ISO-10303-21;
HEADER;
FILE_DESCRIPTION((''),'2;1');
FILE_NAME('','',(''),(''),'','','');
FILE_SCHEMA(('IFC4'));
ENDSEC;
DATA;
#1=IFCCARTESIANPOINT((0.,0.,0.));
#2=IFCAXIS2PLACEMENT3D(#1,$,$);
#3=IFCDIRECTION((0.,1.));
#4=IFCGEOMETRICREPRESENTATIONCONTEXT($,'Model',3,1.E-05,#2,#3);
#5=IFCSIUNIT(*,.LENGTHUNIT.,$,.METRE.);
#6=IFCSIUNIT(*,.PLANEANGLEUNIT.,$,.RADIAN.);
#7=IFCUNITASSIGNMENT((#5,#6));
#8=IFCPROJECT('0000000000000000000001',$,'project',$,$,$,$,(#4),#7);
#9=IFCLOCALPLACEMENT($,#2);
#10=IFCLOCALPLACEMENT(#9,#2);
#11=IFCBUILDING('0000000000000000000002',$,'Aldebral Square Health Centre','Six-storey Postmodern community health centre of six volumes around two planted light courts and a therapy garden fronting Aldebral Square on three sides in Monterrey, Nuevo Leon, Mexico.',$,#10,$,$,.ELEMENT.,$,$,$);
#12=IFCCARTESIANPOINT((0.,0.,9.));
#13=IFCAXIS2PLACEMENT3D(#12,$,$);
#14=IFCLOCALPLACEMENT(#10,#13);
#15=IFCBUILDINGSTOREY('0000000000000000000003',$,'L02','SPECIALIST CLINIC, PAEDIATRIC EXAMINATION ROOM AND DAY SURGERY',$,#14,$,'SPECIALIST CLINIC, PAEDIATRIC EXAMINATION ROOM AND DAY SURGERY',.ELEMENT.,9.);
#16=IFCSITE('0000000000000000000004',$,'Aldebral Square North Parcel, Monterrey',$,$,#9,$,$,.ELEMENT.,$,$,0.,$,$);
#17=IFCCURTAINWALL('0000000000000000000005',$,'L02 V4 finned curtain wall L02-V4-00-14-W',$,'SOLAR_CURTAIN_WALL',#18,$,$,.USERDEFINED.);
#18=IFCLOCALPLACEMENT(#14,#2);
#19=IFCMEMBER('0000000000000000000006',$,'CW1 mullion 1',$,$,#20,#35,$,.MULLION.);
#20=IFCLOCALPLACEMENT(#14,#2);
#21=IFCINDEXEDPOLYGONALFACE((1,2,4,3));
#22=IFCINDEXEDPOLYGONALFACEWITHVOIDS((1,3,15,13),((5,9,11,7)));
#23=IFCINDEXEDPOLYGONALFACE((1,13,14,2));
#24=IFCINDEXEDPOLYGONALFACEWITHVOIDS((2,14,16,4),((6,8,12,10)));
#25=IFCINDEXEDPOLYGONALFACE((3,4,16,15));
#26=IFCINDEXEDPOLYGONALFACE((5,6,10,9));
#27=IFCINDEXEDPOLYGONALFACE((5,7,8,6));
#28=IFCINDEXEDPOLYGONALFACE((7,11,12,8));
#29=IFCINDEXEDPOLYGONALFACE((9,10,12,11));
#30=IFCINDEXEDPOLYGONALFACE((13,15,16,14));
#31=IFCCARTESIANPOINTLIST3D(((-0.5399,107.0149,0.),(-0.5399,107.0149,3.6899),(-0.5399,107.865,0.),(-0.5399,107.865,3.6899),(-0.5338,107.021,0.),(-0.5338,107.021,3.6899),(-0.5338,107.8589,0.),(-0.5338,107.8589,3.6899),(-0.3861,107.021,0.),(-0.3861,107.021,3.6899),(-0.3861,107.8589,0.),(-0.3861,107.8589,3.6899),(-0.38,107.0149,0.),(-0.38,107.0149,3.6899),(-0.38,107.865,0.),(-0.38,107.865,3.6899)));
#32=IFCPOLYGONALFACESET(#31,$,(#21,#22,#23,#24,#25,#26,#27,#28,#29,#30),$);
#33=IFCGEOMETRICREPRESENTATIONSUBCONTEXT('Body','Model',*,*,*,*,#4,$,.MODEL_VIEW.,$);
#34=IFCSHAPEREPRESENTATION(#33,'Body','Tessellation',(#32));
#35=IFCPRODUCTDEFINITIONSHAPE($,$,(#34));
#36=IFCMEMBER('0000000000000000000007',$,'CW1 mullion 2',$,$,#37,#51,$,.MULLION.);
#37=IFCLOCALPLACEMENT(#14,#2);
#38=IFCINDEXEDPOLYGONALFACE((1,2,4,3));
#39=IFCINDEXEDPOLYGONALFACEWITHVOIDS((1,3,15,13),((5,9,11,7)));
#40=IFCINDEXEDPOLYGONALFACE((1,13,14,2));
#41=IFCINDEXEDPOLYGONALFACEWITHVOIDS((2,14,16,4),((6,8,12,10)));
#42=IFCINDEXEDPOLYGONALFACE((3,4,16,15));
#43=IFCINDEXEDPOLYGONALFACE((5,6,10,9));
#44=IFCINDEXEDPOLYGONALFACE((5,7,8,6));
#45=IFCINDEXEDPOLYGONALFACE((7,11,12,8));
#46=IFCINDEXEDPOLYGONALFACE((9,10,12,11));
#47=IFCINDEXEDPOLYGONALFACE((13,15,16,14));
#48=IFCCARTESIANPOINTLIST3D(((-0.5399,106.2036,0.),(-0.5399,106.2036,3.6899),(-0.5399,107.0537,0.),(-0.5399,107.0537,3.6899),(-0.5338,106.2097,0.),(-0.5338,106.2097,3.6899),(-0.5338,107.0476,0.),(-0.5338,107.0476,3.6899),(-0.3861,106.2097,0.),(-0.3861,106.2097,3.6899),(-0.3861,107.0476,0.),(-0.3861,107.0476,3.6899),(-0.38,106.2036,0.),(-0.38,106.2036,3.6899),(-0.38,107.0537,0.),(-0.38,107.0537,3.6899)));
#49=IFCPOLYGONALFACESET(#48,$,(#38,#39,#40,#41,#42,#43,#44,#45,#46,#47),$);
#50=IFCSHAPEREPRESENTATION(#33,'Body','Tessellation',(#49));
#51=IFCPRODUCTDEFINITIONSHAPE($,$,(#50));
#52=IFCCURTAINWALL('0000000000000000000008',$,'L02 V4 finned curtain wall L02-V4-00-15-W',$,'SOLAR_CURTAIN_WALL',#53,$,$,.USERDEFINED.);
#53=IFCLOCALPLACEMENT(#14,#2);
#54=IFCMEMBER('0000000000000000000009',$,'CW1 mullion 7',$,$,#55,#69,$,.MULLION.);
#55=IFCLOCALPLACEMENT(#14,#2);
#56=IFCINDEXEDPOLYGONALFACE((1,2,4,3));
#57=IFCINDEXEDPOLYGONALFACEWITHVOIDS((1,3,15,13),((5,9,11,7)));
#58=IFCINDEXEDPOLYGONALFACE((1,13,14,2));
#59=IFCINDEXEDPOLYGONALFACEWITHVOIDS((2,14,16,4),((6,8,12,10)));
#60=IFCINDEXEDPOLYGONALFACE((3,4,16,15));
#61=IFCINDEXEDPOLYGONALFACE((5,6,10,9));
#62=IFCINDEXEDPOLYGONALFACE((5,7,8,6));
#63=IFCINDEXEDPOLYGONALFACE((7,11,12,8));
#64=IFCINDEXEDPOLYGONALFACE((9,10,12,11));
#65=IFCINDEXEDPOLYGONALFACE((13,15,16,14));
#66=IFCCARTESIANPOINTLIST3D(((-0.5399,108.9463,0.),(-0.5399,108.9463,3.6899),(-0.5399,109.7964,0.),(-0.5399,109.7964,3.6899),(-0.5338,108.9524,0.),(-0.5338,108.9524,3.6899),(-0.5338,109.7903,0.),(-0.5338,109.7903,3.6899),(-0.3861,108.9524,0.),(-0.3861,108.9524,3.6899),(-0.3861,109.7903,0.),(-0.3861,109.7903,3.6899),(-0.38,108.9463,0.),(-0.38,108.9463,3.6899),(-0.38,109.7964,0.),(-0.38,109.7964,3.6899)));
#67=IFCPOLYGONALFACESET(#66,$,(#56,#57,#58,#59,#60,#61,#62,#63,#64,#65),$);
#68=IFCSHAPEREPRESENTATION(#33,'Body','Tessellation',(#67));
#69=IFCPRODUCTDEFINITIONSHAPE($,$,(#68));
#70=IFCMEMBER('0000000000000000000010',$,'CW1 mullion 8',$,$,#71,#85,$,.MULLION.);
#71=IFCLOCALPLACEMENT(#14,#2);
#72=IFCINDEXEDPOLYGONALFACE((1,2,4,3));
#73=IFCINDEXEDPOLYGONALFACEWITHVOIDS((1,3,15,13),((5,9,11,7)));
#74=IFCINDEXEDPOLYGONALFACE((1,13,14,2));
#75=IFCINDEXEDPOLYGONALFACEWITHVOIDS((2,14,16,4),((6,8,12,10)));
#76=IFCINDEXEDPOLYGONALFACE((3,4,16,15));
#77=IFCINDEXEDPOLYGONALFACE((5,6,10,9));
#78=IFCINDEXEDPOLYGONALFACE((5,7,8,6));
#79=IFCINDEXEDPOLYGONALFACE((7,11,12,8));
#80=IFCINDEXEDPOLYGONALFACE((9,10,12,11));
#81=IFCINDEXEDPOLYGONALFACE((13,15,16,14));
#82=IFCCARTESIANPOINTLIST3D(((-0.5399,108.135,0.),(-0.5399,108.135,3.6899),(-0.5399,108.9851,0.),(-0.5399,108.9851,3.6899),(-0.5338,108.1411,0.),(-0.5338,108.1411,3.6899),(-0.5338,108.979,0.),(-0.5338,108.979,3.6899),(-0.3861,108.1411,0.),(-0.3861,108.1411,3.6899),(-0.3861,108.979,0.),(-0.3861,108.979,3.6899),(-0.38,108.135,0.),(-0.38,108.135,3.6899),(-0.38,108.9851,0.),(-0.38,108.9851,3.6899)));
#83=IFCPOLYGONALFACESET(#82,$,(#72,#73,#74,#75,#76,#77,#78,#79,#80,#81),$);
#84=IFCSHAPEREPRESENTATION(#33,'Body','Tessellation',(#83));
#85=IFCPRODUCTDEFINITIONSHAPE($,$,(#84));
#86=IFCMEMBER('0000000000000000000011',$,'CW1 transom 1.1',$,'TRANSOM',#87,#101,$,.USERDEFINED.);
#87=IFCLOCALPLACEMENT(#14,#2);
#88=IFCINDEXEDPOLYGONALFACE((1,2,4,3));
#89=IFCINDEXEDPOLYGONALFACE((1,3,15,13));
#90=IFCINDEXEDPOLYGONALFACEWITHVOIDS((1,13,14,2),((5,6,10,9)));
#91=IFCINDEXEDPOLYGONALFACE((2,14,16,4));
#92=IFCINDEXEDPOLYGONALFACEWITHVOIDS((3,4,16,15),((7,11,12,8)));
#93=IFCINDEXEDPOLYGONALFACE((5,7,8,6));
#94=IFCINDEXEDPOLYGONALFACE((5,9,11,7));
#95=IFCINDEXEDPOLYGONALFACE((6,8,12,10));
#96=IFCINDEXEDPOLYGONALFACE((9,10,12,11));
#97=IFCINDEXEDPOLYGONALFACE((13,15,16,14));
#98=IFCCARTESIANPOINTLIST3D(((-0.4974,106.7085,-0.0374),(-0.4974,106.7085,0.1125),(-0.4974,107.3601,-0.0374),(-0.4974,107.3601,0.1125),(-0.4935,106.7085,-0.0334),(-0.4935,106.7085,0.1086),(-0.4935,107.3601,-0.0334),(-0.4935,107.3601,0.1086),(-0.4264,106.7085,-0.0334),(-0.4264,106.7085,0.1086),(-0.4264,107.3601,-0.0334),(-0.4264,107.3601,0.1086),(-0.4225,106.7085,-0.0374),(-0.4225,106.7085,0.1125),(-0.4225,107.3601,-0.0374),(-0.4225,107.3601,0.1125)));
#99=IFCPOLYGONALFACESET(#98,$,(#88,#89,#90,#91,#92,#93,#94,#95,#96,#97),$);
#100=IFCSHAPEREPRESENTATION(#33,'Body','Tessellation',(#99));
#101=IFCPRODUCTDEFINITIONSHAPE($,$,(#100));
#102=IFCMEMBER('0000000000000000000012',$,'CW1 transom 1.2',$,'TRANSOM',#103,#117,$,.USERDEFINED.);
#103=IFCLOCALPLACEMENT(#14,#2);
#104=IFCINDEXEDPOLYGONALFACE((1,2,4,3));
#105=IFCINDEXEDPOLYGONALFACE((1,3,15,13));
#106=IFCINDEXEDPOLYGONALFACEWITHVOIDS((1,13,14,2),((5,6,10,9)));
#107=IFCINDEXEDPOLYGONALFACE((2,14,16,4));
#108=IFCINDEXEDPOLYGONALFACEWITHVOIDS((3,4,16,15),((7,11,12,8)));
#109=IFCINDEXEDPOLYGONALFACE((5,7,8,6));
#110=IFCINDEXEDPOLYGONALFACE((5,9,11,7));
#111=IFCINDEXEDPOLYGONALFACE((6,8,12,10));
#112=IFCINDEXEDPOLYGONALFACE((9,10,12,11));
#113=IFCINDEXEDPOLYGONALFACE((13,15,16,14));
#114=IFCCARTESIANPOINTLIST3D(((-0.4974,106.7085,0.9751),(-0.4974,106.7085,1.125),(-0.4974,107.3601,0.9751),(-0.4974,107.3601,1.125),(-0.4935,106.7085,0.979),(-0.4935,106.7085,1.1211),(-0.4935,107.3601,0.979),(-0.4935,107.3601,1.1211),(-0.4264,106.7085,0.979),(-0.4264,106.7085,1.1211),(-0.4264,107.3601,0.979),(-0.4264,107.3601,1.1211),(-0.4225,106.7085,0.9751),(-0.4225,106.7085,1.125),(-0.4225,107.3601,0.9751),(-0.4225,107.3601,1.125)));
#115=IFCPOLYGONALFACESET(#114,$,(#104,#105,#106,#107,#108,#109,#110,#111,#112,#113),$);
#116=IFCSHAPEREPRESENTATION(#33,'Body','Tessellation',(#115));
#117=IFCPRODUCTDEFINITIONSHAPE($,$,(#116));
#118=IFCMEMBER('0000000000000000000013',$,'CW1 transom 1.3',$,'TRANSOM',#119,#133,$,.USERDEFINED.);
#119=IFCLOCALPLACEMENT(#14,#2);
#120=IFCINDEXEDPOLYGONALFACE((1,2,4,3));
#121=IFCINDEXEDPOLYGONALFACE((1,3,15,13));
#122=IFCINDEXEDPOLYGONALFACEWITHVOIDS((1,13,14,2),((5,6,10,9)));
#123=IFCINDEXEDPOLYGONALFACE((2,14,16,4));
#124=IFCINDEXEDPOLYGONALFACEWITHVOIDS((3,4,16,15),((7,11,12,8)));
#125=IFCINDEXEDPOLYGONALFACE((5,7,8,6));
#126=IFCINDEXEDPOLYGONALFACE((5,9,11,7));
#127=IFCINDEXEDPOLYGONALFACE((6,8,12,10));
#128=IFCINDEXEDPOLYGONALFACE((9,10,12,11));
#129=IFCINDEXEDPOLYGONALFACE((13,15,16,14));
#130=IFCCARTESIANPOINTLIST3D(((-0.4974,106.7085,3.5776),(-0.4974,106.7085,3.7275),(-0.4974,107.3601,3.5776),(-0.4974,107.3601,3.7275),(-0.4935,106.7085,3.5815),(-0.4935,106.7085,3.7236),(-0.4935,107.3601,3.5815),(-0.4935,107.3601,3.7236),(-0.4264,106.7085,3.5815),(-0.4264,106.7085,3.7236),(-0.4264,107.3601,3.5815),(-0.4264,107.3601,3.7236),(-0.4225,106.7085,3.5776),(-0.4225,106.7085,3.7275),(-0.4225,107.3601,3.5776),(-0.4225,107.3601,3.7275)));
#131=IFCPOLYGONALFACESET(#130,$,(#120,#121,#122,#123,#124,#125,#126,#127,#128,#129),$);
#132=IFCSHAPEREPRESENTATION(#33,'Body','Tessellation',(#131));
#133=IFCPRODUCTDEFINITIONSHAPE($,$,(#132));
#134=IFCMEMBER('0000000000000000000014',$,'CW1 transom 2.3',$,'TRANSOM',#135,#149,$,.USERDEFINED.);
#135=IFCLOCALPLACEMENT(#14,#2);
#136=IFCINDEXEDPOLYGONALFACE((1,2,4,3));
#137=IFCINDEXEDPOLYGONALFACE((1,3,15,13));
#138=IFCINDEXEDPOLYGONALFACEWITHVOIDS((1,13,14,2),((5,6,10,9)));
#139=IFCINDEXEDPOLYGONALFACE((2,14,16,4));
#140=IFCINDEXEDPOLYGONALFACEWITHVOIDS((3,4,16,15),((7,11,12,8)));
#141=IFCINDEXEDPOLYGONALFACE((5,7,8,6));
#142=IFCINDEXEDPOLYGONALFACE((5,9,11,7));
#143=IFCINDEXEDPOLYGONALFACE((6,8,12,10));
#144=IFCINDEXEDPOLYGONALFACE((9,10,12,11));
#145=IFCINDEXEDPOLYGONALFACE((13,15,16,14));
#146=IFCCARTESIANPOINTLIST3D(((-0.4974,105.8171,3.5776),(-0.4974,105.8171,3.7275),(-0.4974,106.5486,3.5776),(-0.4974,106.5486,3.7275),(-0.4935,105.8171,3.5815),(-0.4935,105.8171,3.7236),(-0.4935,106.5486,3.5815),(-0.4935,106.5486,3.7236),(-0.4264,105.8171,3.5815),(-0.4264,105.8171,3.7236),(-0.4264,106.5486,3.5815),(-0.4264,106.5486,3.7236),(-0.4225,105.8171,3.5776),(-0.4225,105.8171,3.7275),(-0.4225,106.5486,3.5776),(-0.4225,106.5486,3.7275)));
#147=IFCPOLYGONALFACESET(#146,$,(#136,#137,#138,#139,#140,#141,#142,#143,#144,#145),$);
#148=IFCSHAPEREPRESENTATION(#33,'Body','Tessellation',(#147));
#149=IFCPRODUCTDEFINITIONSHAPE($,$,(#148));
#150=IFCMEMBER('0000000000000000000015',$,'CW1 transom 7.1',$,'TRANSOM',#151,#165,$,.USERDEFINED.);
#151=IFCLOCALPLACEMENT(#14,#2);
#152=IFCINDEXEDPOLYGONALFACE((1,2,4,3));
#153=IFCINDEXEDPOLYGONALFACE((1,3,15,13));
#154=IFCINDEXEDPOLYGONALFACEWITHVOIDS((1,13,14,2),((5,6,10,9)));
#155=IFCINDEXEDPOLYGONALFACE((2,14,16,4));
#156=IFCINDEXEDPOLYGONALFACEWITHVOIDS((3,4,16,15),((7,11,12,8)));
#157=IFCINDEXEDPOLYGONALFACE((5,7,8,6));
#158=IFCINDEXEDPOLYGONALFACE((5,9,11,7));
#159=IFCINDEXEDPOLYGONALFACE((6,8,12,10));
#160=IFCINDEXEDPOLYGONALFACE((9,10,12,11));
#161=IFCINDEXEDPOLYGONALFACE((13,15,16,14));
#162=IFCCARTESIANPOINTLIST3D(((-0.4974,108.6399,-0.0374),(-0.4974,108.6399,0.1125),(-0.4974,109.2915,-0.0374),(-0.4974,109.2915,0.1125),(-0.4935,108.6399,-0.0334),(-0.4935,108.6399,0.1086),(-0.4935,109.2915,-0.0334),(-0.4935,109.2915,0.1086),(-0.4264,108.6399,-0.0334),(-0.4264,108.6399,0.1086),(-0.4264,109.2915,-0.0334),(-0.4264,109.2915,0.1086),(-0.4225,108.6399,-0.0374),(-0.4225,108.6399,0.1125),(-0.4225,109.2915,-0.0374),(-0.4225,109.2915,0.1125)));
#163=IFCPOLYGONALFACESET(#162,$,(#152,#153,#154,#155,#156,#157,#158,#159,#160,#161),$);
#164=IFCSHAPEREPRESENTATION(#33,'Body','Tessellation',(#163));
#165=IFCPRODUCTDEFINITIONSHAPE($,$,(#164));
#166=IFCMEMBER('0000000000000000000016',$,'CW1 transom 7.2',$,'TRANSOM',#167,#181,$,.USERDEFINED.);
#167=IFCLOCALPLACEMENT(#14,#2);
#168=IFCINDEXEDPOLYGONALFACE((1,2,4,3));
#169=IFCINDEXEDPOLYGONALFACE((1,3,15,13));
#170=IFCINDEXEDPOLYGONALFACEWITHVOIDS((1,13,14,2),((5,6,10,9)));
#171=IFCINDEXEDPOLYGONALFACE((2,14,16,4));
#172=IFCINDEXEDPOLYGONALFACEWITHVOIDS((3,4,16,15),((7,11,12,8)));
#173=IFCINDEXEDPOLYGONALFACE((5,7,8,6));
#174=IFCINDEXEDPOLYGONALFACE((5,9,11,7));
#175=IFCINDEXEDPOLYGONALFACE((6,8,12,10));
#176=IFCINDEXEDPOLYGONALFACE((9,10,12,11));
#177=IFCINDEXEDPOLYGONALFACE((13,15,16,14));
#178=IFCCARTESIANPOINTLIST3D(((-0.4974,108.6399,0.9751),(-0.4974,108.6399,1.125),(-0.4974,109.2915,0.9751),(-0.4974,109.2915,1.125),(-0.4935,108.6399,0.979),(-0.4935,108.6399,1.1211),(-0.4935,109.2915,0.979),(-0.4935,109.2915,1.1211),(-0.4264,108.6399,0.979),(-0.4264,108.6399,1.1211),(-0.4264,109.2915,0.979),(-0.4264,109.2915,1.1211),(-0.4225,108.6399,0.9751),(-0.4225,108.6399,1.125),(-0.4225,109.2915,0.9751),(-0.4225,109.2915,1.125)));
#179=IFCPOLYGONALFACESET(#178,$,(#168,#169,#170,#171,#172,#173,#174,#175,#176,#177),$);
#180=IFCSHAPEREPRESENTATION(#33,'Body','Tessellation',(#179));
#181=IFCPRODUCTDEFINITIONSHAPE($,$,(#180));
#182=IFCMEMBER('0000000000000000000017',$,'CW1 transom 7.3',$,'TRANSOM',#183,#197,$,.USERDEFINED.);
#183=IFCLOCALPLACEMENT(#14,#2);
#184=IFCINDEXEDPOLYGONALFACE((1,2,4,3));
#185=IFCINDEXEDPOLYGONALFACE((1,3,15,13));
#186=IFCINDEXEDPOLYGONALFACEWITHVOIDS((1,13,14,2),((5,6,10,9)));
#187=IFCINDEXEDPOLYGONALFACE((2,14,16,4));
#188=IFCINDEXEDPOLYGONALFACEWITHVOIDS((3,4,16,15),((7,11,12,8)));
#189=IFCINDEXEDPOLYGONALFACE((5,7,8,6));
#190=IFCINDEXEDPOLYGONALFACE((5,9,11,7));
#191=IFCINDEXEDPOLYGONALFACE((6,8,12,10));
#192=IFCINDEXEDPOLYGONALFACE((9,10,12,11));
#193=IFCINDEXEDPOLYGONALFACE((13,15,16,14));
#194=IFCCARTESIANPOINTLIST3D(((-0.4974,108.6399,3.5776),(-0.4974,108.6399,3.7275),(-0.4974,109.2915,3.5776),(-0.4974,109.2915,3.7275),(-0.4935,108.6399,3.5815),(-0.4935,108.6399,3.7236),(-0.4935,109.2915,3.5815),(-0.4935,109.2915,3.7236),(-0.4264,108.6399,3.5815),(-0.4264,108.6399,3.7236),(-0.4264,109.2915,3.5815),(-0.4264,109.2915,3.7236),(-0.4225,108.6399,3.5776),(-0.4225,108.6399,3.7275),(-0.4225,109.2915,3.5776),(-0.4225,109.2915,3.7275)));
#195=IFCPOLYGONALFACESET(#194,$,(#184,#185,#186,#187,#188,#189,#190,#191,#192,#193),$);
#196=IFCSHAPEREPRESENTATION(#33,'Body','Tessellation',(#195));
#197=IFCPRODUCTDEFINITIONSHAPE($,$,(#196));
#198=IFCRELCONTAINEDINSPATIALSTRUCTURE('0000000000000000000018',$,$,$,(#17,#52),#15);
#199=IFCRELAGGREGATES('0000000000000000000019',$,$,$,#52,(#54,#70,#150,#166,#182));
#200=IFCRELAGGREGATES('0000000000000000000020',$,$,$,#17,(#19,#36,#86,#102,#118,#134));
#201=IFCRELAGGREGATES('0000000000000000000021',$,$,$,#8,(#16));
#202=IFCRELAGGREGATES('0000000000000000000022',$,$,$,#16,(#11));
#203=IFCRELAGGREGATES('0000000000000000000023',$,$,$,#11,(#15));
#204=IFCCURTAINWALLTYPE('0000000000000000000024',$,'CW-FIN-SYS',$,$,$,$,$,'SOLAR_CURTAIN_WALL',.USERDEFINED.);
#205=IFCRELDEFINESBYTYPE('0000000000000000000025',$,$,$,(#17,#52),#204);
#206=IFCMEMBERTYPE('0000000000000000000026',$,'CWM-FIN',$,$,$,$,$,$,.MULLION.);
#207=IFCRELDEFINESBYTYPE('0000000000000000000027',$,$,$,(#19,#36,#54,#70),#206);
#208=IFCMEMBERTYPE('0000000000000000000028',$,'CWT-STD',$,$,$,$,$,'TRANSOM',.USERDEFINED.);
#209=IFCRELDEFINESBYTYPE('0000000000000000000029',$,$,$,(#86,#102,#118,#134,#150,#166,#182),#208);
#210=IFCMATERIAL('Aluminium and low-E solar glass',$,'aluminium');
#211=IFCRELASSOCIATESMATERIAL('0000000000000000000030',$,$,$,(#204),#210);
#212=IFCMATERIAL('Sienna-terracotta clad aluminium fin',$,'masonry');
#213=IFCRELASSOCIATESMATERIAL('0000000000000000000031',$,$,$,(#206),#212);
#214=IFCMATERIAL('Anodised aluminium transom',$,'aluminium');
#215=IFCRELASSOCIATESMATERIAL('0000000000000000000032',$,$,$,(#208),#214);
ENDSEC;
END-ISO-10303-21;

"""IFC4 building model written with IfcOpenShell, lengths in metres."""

from ifc_helpers import new_model, si_unit, direction, frame, origin, origin_2d, place, context, subcontext, project, spatial, hollow_rectangle, extrude, material, material_profile, profile_set, type_object, element, aggregate, save


model = new_model("IFC4")

# Units and contexts
model_context = context("Model", 3, precision=1e-05, world=origin(), true_north=direction((0.0, 1.0)))
body_context = subcontext(model_context, "Body", "Model", "MODEL_VIEW")
ifc_project = project(units=[si_unit("LENGTHUNIT", "METRE"), si_unit("PLANEANGLEUNIT", "RADIAN")], contexts=[model_context])

# Site, building, storey
site_placement = place(None, origin())
site = spatial("IfcSite", under=ifc_project, at=site_placement, Name="Aldebral Square North Parcel, Monterrey", CompositionType="ELEMENT", RefElevation=0.0)
building_placement = place(site_placement, origin())
building = spatial("IfcBuilding", under=site, at=building_placement, Name="Aldebral Square Health Centre", Description="Six-storey Postmodern community health centre of six volumes around two planted light courts and a therapy garden fronting Aldebral Square on three sides in Monterrey, Nuevo Leon, Mexico.", CompositionType="ELEMENT")
storey_placement = place(building_placement, frame((0.0, 0.0, 9.0)))
storey = spatial("IfcBuildingStorey", under=building, at=storey_placement, Name="L02", Description="SPECIALIST CLINIC, PAEDIATRIC EXAMINATION ROOM AND DAY SURGERY", LongName="SPECIALIST CLINIC, PAEDIATRIC EXAMINATION ROOM AND DAY SURGERY", CompositionType="ELEMENT", Elevation=9.0)

# Curtain walls, members
ifc_material_1 = material(Name="Aluminium and low-E solar glass", Category="aluminium")
curtain_wall_type = type_object("IfcCurtainWallType", Name="CW-FIN-SYS", ElementType="SOLAR_CURTAIN_WALL", PredefinedType="USERDEFINED", material=ifc_material_1)
curtain_wall_1_placement = place(storey_placement, origin())
curtain_wall_1 = element("IfcCurtainWall", 1, at=curtain_wall_1_placement, inside=storey, type_object=curtain_wall_type, Name="L02 V4 finned curtain wall L02-V4-00-14-W", ObjectType="SOLAR_CURTAIN_WALL", PredefinedType="USERDEFINED")
ifc_material_2 = material(Name="Sienna-terracotta clad aluminium fin", Category="masonry")
ifc_material_profile_1 = material_profile(ifc_material_2, hollow_rectangle(XDim=0.1599, YDim=0.8501, WallThickness=0.0061, at=origin_2d()), Name="FIN 160x850x6")
ifc_profile_set_1 = profile_set([ifc_material_profile_1], Name="Sienna-terracotta clad aluminium fin")
member_type_1 = type_object("IfcMemberType", Name="CWM-FIN", PredefinedType="MULLION", material=ifc_profile_set_1)
member_1_placement = place(storey_placement, frame((-0.46, 107.4399, 0.0), z_axis=(0.0, 0.0, 1.0), x_axis=(1.0, 0.0, 0.0)))
member_1 = element("IfcMember", 2, at=member_1_placement, type_object=member_type_1, Name="CW1 mullion 1", PredefinedType="MULLION", context=body_context, shape_type="SweptSolid", body=[
    extrude(hollow_rectangle(XDim=0.1599, YDim=0.8501, WallThickness=0.0061, at=origin_2d()), origin(), (0.0, 0.0, 1.0), 3.6899),
])
member_2_placement = place(storey_placement, frame((-0.46, 106.6287, 0.0), z_axis=(0.0, 0.0, 1.0), x_axis=(1.0, 0.0, 0.0)))
member_2 = element("IfcMember", 3, at=member_2_placement, type_object=member_type_1, Name="CW1 mullion 2", PredefinedType="MULLION", context=body_context, shape_type="SweptSolid", body=[
    extrude(hollow_rectangle(XDim=0.1599, YDim=0.8501, WallThickness=0.0061, at=origin_2d()), origin(), (0.0, 0.0, 1.0), 3.6899),
])
curtain_wall_2_placement = place(storey_placement, origin())
curtain_wall_2 = element("IfcCurtainWall", 4, at=curtain_wall_2_placement, inside=storey, type_object=curtain_wall_type, Name="L02 V4 finned curtain wall L02-V4-00-15-W", ObjectType="SOLAR_CURTAIN_WALL", PredefinedType="USERDEFINED")
member_3_placement = place(storey_placement, frame((-0.46, 109.3713, 0.0), z_axis=(0.0, 0.0, 1.0), x_axis=(1.0, 0.0, 0.0)))
member_3 = element("IfcMember", 5, at=member_3_placement, type_object=member_type_1, Name="CW1 mullion 7", PredefinedType="MULLION", context=body_context, shape_type="SweptSolid", body=[
    extrude(hollow_rectangle(XDim=0.1599, YDim=0.8501, WallThickness=0.0061, at=origin_2d()), origin(), (0.0, 0.0, 1.0), 3.6899),
])
member_4_placement = place(storey_placement, frame((-0.46, 108.5601, 0.0), z_axis=(0.0, 0.0, 1.0), x_axis=(1.0, 0.0, 0.0)))
member_4 = element("IfcMember", 6, at=member_4_placement, type_object=member_type_1, Name="CW1 mullion 8", PredefinedType="MULLION", context=body_context, shape_type="SweptSolid", body=[
    extrude(hollow_rectangle(XDim=0.1599, YDim=0.8501, WallThickness=0.0061, at=origin_2d()), origin(), (0.0, 0.0, 1.0), 3.6899),
])

# Members
ifc_material_3 = material(Name="Anodised aluminium transom", Category="aluminium")
ifc_material_profile_2 = material_profile(ifc_material_3, hollow_rectangle(XDim=0.075, YDim=0.1499, WallThickness=0.0039, at=origin_2d()), Name="CWT 75x150x4")
ifc_profile_set_2 = profile_set([ifc_material_profile_2], Name="Anodised aluminium transom")
member_type_2 = type_object("IfcMemberType", Name="CWT-STD", ElementType="TRANSOM", PredefinedType="USERDEFINED", material=ifc_profile_set_2)
member_5_placement = place(storey_placement, frame((-0.46, 107.3601, 0.0376), z_axis=(0.0, -1.0, 0.0), x_axis=(1.0, 0.0, 0.0)))
member_5 = element("IfcMember", 7, at=member_5_placement, type_object=member_type_2, Name="CW1 transom 1.1", ObjectType="TRANSOM", PredefinedType="USERDEFINED", context=body_context, shape_type="SweptSolid", body=[
    extrude(hollow_rectangle(XDim=0.075, YDim=0.1499, WallThickness=0.0039, at=origin_2d()), origin(), (0.0, 0.0, 1.0), 0.6516),
])
member_6_placement = place(storey_placement, frame((-0.46, 107.3601, 1.05), z_axis=(0.0, -1.0, 0.0), x_axis=(1.0, 0.0, 0.0)))
member_6 = element("IfcMember", 8, at=member_6_placement, type_object=member_type_2, Name="CW1 transom 1.2", ObjectType="TRANSOM", PredefinedType="USERDEFINED", context=body_context, shape_type="SweptSolid", body=[
    extrude(hollow_rectangle(XDim=0.075, YDim=0.1499, WallThickness=0.0039, at=origin_2d()), origin(), (0.0, 0.0, 1.0), 0.6516),
])
member_7_placement = place(storey_placement, frame((-0.46, 107.3601, 3.6526), z_axis=(0.0, -1.0, 0.0), x_axis=(1.0, 0.0, 0.0)))
member_7 = element("IfcMember", 9, at=member_7_placement, type_object=member_type_2, Name="CW1 transom 1.3", ObjectType="TRANSOM", PredefinedType="USERDEFINED", context=body_context, shape_type="SweptSolid", body=[
    extrude(hollow_rectangle(XDim=0.075, YDim=0.1499, WallThickness=0.0039, at=origin_2d()), origin(), (0.0, 0.0, 1.0), 0.6516),
])
member_8_placement = place(storey_placement, frame((-0.46, 106.5486, 3.6526), z_axis=(0.0, -1.0, 0.0), x_axis=(1.0, 0.0, 0.0)))
member_8 = element("IfcMember", 10, at=member_8_placement, type_object=member_type_2, Name="CW1 transom 2.3", ObjectType="TRANSOM", PredefinedType="USERDEFINED", context=body_context, shape_type="SweptSolid", body=[
    extrude(hollow_rectangle(XDim=0.075, YDim=0.1499, WallThickness=0.0039, at=origin_2d()), origin(), (0.0, 0.0, 1.0), 0.7314),
])
member_9_placement = place(storey_placement, frame((-0.46, 109.2915, 0.0376), z_axis=(0.0, -1.0, 0.0), x_axis=(1.0, 0.0, 0.0)))
member_9 = element("IfcMember", 11, at=member_9_placement, type_object=member_type_2, Name="CW1 transom 7.1", ObjectType="TRANSOM", PredefinedType="USERDEFINED", context=body_context, shape_type="SweptSolid", body=[
    extrude(hollow_rectangle(XDim=0.075, YDim=0.1499, WallThickness=0.0039, at=origin_2d()), origin(), (0.0, 0.0, 1.0), 0.6516),
])
member_10_placement = place(storey_placement, frame((-0.46, 109.2915, 1.05), z_axis=(0.0, -1.0, 0.0), x_axis=(1.0, 0.0, 0.0)))
member_10 = element("IfcMember", 12, at=member_10_placement, type_object=member_type_2, Name="CW1 transom 7.2", ObjectType="TRANSOM", PredefinedType="USERDEFINED", context=body_context, shape_type="SweptSolid", body=[
    extrude(hollow_rectangle(XDim=0.075, YDim=0.1499, WallThickness=0.0039, at=origin_2d()), origin(), (0.0, 0.0, 1.0), 0.6516),
])
member_11_placement = place(storey_placement, frame((-0.46, 109.2915, 3.6526), z_axis=(0.0, -1.0, 0.0), x_axis=(1.0, 0.0, 0.0)))
member_11 = element("IfcMember", 13, at=member_11_placement, type_object=member_type_2, Name="CW1 transom 7.3", ObjectType="TRANSOM", PredefinedType="USERDEFINED", context=body_context, shape_type="SweptSolid", body=[
    extrude(hollow_rectangle(XDim=0.075, YDim=0.1499, WallThickness=0.0039, at=origin_2d()), origin(), (0.0, 0.0, 1.0), 0.6516),
])

aggregate(curtain_wall_2, [member_3, member_4, member_9, member_10, member_11])
aggregate(curtain_wall_1, [member_1, member_2, member_5, member_6, member_7, member_8])

save(model, "model.ifc")
